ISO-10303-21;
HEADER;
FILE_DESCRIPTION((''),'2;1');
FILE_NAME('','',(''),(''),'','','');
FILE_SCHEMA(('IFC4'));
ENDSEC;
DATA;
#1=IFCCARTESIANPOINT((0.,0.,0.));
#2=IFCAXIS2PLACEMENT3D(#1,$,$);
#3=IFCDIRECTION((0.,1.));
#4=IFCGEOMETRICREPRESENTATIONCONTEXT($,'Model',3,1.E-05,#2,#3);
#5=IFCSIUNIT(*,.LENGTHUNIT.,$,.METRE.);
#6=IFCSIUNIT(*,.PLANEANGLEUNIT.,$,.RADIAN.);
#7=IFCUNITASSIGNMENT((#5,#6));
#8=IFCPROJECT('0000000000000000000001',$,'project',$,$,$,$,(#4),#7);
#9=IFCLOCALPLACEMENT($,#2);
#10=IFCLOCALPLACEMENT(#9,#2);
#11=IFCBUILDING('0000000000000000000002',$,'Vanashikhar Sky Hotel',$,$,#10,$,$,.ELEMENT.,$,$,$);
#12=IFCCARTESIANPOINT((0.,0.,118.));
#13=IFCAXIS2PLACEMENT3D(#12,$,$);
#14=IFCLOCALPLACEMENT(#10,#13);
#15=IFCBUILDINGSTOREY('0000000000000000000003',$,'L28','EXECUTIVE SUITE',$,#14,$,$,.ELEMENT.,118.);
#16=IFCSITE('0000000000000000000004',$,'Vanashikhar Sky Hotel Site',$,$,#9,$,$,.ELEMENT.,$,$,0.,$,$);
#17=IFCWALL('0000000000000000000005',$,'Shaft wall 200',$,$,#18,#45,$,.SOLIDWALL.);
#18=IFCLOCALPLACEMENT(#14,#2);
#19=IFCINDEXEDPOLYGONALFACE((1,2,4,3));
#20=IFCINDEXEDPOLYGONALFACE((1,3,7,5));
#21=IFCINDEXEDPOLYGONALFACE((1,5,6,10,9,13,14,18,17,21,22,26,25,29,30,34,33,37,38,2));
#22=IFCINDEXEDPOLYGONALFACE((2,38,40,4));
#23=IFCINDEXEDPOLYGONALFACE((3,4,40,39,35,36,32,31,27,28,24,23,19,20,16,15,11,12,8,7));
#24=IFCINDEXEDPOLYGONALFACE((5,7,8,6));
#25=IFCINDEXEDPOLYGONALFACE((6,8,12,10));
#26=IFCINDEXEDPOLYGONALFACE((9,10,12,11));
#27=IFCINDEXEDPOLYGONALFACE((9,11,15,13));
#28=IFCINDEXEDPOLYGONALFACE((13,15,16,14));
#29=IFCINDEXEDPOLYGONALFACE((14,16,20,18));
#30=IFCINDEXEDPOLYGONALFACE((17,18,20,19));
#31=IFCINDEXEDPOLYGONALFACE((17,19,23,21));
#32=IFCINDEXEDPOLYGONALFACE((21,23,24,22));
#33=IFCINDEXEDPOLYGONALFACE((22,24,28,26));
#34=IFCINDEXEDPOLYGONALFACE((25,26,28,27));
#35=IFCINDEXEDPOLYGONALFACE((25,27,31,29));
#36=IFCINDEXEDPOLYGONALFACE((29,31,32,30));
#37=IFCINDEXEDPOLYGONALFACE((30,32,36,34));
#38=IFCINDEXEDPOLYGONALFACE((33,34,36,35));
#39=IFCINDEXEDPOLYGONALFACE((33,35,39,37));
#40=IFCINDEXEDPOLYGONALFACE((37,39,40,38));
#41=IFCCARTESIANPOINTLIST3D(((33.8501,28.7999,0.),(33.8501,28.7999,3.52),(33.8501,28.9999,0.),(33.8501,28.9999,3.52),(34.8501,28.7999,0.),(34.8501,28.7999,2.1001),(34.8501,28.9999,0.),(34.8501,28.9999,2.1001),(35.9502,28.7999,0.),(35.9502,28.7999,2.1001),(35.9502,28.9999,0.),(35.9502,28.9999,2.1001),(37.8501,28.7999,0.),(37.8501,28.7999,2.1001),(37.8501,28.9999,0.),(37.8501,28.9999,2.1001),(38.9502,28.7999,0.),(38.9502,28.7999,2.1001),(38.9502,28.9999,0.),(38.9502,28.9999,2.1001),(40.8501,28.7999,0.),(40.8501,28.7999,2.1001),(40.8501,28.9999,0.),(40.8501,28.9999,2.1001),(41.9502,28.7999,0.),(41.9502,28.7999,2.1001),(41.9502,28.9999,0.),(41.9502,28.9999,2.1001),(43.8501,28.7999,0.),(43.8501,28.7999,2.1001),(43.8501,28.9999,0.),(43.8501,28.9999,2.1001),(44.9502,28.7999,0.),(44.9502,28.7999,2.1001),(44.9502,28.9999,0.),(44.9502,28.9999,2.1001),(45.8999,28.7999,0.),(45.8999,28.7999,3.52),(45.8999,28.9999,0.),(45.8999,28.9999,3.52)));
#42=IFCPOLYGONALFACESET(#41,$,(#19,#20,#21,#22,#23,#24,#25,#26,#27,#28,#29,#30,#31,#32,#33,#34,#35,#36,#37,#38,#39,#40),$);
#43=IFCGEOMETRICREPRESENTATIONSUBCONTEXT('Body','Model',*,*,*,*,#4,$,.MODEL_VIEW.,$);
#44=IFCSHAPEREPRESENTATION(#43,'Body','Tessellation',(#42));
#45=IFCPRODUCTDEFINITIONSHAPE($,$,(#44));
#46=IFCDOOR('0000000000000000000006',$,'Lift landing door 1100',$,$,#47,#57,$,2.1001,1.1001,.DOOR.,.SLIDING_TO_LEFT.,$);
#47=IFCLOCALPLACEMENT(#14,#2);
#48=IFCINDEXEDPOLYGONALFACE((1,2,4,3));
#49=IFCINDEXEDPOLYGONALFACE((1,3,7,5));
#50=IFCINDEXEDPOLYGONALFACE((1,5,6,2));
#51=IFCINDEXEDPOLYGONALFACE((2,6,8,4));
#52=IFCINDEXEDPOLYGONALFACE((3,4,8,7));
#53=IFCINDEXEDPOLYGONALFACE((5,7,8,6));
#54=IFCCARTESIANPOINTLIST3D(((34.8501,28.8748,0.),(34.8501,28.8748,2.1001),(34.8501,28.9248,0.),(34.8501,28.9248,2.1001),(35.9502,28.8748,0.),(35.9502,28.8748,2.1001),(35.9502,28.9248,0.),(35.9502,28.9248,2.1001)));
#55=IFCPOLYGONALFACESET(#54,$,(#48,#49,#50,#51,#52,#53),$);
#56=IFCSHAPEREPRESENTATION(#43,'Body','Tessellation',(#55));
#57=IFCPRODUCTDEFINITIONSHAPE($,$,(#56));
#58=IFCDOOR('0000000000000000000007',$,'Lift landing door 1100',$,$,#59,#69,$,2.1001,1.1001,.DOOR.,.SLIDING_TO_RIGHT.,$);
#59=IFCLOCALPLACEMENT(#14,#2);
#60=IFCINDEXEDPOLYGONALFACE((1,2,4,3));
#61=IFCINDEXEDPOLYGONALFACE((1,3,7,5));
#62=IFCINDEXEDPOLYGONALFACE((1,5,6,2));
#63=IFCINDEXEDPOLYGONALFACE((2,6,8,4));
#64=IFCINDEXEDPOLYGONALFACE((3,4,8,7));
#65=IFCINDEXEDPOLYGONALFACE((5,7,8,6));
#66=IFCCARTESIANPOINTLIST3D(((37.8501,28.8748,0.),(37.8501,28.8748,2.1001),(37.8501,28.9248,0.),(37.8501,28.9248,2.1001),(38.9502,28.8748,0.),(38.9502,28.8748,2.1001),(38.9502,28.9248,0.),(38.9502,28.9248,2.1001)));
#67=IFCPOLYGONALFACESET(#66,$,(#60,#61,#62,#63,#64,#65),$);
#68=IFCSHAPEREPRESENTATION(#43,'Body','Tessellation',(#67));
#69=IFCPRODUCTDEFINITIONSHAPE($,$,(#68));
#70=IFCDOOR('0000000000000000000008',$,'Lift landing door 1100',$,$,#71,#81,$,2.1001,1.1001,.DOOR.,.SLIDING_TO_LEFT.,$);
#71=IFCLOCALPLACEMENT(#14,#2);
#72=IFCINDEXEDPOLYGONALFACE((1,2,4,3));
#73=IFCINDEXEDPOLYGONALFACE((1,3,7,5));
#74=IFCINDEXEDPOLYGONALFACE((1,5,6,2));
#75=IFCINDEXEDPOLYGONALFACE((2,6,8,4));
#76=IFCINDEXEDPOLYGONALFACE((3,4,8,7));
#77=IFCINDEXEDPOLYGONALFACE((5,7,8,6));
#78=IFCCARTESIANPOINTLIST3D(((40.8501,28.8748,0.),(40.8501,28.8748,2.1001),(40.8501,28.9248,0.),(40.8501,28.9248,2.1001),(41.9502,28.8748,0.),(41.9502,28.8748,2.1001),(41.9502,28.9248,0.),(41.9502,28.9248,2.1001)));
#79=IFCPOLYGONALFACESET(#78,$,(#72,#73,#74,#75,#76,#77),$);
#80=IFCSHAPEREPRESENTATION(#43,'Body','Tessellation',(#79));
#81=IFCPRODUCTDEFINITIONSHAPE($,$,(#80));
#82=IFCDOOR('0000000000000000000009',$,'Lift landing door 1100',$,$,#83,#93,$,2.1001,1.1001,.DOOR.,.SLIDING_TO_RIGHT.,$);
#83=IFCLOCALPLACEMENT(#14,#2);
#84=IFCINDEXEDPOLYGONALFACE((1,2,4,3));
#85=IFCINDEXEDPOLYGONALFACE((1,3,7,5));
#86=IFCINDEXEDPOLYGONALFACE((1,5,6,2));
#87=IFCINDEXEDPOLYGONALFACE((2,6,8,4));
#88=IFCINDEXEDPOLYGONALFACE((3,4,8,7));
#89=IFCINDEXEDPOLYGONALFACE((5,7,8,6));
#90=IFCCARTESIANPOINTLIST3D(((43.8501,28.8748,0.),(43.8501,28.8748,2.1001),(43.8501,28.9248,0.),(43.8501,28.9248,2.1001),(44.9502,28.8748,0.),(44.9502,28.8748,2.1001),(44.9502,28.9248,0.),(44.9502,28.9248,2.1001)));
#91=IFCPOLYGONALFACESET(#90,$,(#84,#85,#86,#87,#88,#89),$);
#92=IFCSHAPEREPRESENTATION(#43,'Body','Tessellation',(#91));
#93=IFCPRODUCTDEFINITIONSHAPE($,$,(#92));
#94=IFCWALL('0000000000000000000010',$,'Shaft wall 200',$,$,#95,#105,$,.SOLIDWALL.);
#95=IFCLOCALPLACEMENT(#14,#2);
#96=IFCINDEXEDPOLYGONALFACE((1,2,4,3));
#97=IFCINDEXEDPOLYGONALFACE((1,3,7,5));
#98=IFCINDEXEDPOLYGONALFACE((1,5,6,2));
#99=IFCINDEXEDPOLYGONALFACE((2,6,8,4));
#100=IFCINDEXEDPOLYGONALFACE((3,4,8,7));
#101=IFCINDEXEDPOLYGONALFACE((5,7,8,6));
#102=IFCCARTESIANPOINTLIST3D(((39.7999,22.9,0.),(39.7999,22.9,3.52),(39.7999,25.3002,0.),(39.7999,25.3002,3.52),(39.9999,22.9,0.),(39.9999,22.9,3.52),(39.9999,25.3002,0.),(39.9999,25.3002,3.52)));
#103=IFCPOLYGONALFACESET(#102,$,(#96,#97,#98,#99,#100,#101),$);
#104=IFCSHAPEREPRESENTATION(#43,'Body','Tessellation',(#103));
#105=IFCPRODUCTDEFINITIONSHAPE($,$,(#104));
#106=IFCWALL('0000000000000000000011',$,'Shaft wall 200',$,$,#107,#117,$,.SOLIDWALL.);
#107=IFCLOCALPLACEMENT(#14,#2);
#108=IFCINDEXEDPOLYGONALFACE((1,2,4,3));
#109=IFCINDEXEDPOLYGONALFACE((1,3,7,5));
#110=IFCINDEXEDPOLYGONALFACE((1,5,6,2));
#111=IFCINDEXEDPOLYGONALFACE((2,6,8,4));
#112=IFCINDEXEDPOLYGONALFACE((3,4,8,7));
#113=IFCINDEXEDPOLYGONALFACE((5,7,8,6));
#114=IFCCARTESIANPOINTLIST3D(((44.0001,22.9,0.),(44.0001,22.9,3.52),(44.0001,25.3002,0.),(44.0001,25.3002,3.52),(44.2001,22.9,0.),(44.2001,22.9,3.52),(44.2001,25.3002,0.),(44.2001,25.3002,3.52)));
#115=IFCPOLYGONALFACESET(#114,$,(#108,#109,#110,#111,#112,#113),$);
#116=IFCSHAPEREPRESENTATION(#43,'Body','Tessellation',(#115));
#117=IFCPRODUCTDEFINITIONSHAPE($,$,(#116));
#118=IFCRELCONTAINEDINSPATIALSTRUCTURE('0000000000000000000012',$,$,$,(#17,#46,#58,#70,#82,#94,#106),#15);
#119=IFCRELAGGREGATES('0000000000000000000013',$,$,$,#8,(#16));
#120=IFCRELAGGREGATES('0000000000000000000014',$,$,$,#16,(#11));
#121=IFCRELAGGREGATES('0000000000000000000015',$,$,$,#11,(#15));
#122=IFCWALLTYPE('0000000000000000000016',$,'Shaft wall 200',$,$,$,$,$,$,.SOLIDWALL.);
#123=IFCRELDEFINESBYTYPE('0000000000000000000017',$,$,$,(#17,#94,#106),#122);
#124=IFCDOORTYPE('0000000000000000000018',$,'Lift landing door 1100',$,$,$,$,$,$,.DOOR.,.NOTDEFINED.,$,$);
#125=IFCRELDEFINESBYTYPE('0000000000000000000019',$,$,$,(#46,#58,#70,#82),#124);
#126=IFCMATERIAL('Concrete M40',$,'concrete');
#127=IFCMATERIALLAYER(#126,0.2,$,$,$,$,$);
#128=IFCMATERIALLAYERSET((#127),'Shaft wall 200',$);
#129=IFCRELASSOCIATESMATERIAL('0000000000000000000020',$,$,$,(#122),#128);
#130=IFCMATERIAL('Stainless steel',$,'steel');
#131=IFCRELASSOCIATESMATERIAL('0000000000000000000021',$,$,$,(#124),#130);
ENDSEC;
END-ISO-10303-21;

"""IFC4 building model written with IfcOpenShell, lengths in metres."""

from ifc_helpers import new_model, si_unit, direction, frame, frame_2d, origin, place, context, subcontext, project, spatial, rectangle, extrude, source, transform, mapped, material, layer, layer_set, type_object, element, fill, save


model = new_model("IFC4")

# Units and contexts
model_context = context("Model", 3, precision=1e-05, world=origin(), true_north=direction((0.0, 1.0)))
body_context = subcontext(model_context, "Body", "Model", "MODEL_VIEW")
ifc_project = project(units=[si_unit("LENGTHUNIT", "METRE"), si_unit("PLANEANGLEUNIT", "RADIAN")], contexts=[model_context])

# Site, building, storey
site_placement = place(None, origin())
site = spatial("IfcSite", under=ifc_project, at=site_placement, Name="Vanashikhar Sky Hotel Site", CompositionType="ELEMENT", RefElevation=0.0)
building_placement = place(site_placement, origin())
building = spatial("IfcBuilding", under=site, at=building_placement, Name="Vanashikhar Sky Hotel", CompositionType="ELEMENT")
storey_placement = place(building_placement, frame((0.0, 0.0, 118.0)))
storey = spatial("IfcBuildingStorey", under=building, at=storey_placement, Name="L28", Description="EXECUTIVE SUITE", CompositionType="ELEMENT", Elevation=118.0)

# Shared definitions
shared_shape_1 = source(origin(), body_context, "Body", "SweptSolid", [
    extrude(rectangle(XDim=1.1001, YDim=2.1001, at=frame_2d((0.55, 1.05))), frame((0.0, 0.0249, 0.0), z_axis=(0.0, -1.0, 0.0), x_axis=(1.0, 0.0, 0.0)), (0.0, 0.0, 1.0), 0.05),
])

# Wall, openings, doors
ifc_material_1 = material(Name="Concrete M40", Category="concrete")
ifc_layer_1 = layer(ifc_material_1, 0.2)
ifc_layer_set_1 = layer_set([ifc_layer_1], Name="Shaft wall 200")
wall_type_1 = type_object("IfcWallType", Name="Shaft wall 200", PredefinedType="SOLIDWALL", material=ifc_layer_set_1)
shared_shape_2 = source(origin(), body_context, "Body", "SweptSolid", [
    extrude(rectangle(XDim=1.1001, YDim=2.1001, at=frame_2d((0.55, 1.05))), frame((0.0, 0.1099, 0.0), z_axis=(0.0, -1.0, 0.0), x_axis=(1.0, 0.0, 0.0)), (0.0, 0.0, 1.0), 0.22),
])
ifc_material_2 = material(Name="Stainless steel", Category="steel")
door_type_1 = type_object("IfcDoorType", Name="Lift landing door 1100", OperationType="NOTDEFINED", PredefinedType="DOOR", material=ifc_material_2)
shared_shape_3 = source(origin(), body_context, "Body", "SweptSolid", [
    extrude(rectangle(XDim=12.0498, YDim=0.2, at=frame_2d((6.0249, 0.0))), origin(), (0.0, 0.0, 1.0), 3.52),
])
wall_1_placement = place(storey_placement, frame((33.8501, 28.8999, 0.0), z_axis=(0.0, 0.0, 1.0), x_axis=(1.0, 0.0, 0.0)))
wall_1 = element("IfcWall", 1, at=wall_1_placement, inside=storey, type_object=wall_type_1, Name="Shaft wall 200", PredefinedType="SOLIDWALL", context=body_context, shape_type="MappedRepresentation", body=[
    mapped(shared_shape_3, transform((0.0, 0.0, 0.0), scale=1.0)),
])
opening_1_placement = place(wall_1_placement, frame((1.0, 0.0, 0.0)))
opening_1 = element("IfcOpeningElement", 2, at=opening_1_placement, cuts=wall_1, PredefinedType="OPENING", context=body_context, shape_type="MappedRepresentation", body=[
    mapped(shared_shape_2, transform((0.0, 0.0, 0.0), scale=1.0)),
])
opening_2_placement = place(wall_1_placement, frame((4.0, 0.0, 0.0)))
opening_2 = element("IfcOpeningElement", 3, at=opening_2_placement, cuts=wall_1, PredefinedType="OPENING", context=body_context, shape_type="MappedRepresentation", body=[
    mapped(shared_shape_2, transform((0.0, 0.0, 0.0), scale=1.0)),
])
opening_3_placement = place(wall_1_placement, frame((7.0, 0.0, 0.0)))
opening_3 = element("IfcOpeningElement", 4, at=opening_3_placement, cuts=wall_1, PredefinedType="OPENING", context=body_context, shape_type="MappedRepresentation", body=[
    mapped(shared_shape_2, transform((0.0, 0.0, 0.0), scale=1.0)),
])
opening_4_placement = place(wall_1_placement, frame((10.0, 0.0, 0.0)))
opening_4 = element("IfcOpeningElement", 5, at=opening_4_placement, cuts=wall_1, PredefinedType="OPENING", context=body_context, shape_type="MappedRepresentation", body=[
    mapped(shared_shape_2, transform((0.0, 0.0, 0.0), scale=1.0)),
])
door_1_placement = place(opening_1_placement, origin())
door_1 = element("IfcDoor", 6, at=door_1_placement, inside=storey, type_object=door_type_1, Name="Lift landing door 1100", OperationType="SLIDING_TO_LEFT", OverallHeight=2.1001, OverallWidth=1.1001, PredefinedType="DOOR", context=body_context, shape_type="MappedRepresentation", body=[
    mapped(shared_shape_1, transform((0.0, 0.0, 0.0), scale=1.0)),
])
fill(opening_1, door_1)
door_2_placement = place(opening_2_placement, origin())
door_2 = element("IfcDoor", 7, at=door_2_placement, inside=storey, type_object=door_type_1, Name="Lift landing door 1100", OperationType="SLIDING_TO_RIGHT", OverallHeight=2.1001, OverallWidth=1.1001, PredefinedType="DOOR", context=body_context, shape_type="MappedRepresentation", body=[
    mapped(shared_shape_1, transform((0.0, 0.0, 0.0), scale=1.0)),
])
fill(opening_2, door_2)
door_3_placement = place(opening_3_placement, origin())
door_3 = element("IfcDoor", 8, at=door_3_placement, inside=storey, type_object=door_type_1, Name="Lift landing door 1100", OperationType="SLIDING_TO_LEFT", OverallHeight=2.1001, OverallWidth=1.1001, PredefinedType="DOOR", context=body_context, shape_type="MappedRepresentation", body=[
    mapped(shared_shape_1, transform((0.0, 0.0, 0.0), scale=1.0)),
])
fill(opening_3, door_3)
door_4_placement = place(opening_4_placement, origin())
door_4 = element("IfcDoor", 9, at=door_4_placement, inside=storey, type_object=door_type_1, Name="Lift landing door 1100", OperationType="SLIDING_TO_RIGHT", OverallHeight=2.1001, OverallWidth=1.1001, PredefinedType="DOOR", context=body_context, shape_type="MappedRepresentation", body=[
    mapped(shared_shape_1, transform((0.0, 0.0, 0.0), scale=1.0)),
])
fill(opening_4, door_4)

# Walls
shared_shape_4 = source(origin(), body_context, "Body", "SweptSolid", [
    extrude(rectangle(XDim=2.4001, YDim=0.2, at=frame_2d((1.2002, 0.0))), origin(), (0.0, 0.0, 1.0), 3.52),
])
for number, where, z_axis, x_axis, name in (
    (10, (39.8999, 22.8999, 0.0), (0.0, 0.0, 1.0), (0.0, 1.0, 0.0), "Shaft wall 200"),
    (11, (44.1001, 22.8999, 0.0), (0.0, 0.0, 1.0), (0.0, 1.0, 0.0), "Shaft wall 200"),
):
    element("IfcWall", number, at=place(storey_placement, frame(where, z_axis=z_axis, x_axis=x_axis)), inside=storey, type_object=wall_type_1, Name=name, PredefinedType="SOLIDWALL", context=body_context, shape_type="MappedRepresentation", body=[
        mapped(shared_shape_4, transform((0.0, 0.0, 0.0), scale=1.0)),
    ])

save(model, "model.ifc")
